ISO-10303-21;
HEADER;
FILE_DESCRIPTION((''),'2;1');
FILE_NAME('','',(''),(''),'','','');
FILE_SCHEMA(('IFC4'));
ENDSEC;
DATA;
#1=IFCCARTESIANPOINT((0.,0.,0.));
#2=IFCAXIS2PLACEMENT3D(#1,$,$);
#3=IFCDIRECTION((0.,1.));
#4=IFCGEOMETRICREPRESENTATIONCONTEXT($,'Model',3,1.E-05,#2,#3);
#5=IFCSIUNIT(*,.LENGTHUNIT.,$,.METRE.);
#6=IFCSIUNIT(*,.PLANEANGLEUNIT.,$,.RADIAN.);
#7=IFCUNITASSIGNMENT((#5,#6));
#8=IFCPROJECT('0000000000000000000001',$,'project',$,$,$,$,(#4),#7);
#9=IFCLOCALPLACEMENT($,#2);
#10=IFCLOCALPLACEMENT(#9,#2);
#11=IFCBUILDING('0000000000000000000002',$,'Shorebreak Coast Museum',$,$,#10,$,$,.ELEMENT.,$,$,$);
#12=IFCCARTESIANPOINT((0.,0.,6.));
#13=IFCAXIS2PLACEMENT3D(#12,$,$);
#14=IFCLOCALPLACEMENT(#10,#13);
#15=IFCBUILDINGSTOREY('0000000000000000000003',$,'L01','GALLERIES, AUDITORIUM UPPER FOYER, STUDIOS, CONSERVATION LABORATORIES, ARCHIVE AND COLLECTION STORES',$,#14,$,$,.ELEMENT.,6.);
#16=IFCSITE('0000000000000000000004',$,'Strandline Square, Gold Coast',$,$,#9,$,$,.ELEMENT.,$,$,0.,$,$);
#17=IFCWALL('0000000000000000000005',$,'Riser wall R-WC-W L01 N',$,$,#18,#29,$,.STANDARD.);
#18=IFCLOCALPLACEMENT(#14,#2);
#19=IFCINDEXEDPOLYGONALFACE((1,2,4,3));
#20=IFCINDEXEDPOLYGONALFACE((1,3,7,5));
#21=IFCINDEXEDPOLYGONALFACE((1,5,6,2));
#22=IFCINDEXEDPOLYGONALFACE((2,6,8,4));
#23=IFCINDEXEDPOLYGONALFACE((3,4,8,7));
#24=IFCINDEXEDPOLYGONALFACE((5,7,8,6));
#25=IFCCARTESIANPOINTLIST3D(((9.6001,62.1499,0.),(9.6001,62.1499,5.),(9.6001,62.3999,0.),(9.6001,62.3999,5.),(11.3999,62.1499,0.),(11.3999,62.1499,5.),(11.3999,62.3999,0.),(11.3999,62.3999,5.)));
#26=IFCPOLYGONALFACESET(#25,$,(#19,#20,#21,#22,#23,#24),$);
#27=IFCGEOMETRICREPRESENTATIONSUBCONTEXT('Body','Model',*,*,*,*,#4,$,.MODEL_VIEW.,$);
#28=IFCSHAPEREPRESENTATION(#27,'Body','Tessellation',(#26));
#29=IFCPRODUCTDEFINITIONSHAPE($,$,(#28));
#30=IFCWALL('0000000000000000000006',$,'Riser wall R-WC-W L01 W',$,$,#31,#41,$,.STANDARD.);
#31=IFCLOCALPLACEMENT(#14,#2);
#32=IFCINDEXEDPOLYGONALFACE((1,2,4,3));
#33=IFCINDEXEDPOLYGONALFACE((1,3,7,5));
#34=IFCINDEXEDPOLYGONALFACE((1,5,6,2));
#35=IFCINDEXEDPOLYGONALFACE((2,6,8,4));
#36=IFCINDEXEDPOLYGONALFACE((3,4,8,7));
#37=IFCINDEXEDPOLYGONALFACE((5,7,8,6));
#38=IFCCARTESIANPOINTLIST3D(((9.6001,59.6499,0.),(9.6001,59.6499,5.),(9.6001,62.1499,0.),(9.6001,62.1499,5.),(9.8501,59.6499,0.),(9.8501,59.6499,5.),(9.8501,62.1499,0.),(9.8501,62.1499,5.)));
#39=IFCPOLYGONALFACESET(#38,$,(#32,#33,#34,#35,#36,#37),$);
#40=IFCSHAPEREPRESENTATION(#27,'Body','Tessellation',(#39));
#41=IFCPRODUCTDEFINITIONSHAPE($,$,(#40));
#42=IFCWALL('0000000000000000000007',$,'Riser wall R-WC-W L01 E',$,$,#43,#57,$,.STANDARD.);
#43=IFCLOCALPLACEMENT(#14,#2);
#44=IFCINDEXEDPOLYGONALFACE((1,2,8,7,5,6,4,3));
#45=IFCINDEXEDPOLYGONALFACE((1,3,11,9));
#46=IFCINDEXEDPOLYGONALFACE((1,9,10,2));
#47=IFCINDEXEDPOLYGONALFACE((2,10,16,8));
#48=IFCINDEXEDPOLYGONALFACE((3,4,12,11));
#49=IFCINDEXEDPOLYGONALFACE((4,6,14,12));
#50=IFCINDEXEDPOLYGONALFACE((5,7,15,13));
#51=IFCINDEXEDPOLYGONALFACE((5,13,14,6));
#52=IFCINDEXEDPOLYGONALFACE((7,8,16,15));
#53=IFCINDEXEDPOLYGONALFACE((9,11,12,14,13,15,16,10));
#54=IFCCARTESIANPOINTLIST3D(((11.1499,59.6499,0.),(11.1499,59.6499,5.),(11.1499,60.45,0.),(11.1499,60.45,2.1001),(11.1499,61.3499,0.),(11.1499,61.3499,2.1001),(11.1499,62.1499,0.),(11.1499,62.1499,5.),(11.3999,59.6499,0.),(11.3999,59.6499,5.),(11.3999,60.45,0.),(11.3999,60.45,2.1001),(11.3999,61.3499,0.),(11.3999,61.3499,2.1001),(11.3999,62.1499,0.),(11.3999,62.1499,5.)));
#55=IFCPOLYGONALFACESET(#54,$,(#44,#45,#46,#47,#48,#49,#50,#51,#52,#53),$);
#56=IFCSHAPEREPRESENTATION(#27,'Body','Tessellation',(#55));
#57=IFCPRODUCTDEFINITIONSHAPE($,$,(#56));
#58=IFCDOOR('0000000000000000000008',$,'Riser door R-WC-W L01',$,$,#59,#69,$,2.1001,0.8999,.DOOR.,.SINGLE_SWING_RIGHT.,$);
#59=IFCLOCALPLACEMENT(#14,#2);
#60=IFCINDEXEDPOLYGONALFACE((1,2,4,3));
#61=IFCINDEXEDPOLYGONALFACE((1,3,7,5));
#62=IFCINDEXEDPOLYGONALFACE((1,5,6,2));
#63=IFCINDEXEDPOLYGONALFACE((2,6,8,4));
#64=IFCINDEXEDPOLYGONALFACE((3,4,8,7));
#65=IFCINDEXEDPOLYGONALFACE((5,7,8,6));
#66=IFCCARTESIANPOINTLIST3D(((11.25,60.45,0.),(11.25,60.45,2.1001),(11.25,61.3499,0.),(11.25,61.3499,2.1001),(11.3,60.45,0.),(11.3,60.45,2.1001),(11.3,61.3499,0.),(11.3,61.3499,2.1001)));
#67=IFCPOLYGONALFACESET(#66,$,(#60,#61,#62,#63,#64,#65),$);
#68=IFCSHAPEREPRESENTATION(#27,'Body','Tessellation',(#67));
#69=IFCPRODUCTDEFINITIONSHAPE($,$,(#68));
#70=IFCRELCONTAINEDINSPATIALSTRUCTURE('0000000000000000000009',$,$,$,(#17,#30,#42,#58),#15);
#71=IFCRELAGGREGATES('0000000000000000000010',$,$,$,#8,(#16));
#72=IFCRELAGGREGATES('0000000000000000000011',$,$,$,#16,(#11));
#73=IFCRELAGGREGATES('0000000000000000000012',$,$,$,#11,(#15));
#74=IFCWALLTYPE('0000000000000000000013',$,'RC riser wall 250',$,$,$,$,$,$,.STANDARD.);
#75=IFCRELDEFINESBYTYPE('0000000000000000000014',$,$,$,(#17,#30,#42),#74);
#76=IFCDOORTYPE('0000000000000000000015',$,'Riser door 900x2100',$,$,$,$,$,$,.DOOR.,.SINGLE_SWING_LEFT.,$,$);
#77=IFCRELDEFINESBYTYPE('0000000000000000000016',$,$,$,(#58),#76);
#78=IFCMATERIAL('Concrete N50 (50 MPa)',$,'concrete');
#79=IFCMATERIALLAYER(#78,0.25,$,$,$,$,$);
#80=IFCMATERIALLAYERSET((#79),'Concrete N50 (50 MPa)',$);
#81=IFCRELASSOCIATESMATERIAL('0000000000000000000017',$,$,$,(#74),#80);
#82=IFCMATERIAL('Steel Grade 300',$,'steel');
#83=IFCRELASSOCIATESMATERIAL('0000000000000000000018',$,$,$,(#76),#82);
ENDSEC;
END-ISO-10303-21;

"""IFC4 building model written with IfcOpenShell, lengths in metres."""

from ifc_helpers import new_model, si_unit, direction, frame, frame_2d, origin, place, context, subcontext, project, spatial, rectangle, extrude, material, layer, layer_set, type_object, element, fill, save


model = new_model("IFC4")

# Units and contexts
model_context = context("Model", 3, precision=1e-05, world=origin(), true_north=direction((0.0, 1.0)))
body_context = subcontext(model_context, "Body", "Model", "MODEL_VIEW")
ifc_project = project(units=[si_unit("LENGTHUNIT", "METRE"), si_unit("PLANEANGLEUNIT", "RADIAN")], contexts=[model_context])

# Site, building, storey
site_placement = place(None, origin())
site = spatial("IfcSite", under=ifc_project, at=site_placement, Name="Strandline Square, Gold Coast", CompositionType="ELEMENT", RefElevation=0.0)
building_placement = place(site_placement, origin())
building = spatial("IfcBuilding", under=site, at=building_placement, Name="Shorebreak Coast Museum", CompositionType="ELEMENT")
storey_placement = place(building_placement, frame((0.0, 0.0, 6.0)))
storey = spatial("IfcBuildingStorey", under=building, at=storey_placement, Name="L01", Description="GALLERIES, AUDITORIUM UPPER FOYER, STUDIOS, CONSERVATION LABORATORIES, ARCHIVE AND COLLECTION STORES", CompositionType="ELEMENT", Elevation=6.0)

# Walls
ifc_material_1 = material(Name="Concrete N50 (50 MPa)", Category="concrete")
ifc_layer_1 = layer(ifc_material_1, 0.25)
ifc_layer_set_1 = layer_set([ifc_layer_1], Name="Concrete N50 (50 MPa)")
wall_type_1 = type_object("IfcWallType", Name="RC riser wall 250", PredefinedType="STANDARD", material=ifc_layer_set_1)
wall_1_placement = place(storey_placement, frame((9.6001, 62.2749, 0.0), z_axis=(0.0, 0.0, 1.0), x_axis=(1.0, 0.0, 0.0)))
element("IfcWall", 1, at=wall_1_placement, inside=storey, type_object=wall_type_1, Name="Riser wall R-WC-W L01 N", PredefinedType="STANDARD", context=body_context, shape_type="SweptSolid", body=[
    extrude(rectangle(XDim=1.7998, YDim=0.25, at=frame_2d((0.8999, 0.0))), origin(), (0.0, 0.0, 1.0), 5.0),
])
wall_2_placement = place(storey_placement, frame((9.7251, 59.6499, 0.0), z_axis=(0.0, 0.0, 1.0), x_axis=(0.0, 1.0, 0.0)))
element("IfcWall", 2, at=wall_2_placement, inside=storey, type_object=wall_type_1, Name="Riser wall R-WC-W L01 W", PredefinedType="STANDARD", context=body_context, shape_type="SweptSolid", body=[
    extrude(rectangle(XDim=2.5, YDim=0.25, at=frame_2d((1.25, 0.0))), origin(), (0.0, 0.0, 1.0), 5.0),
])

# Wall, opening, door
wall_3_placement = place(storey_placement, frame((11.2749, 59.6499, 0.0), z_axis=(0.0, 0.0, 1.0), x_axis=(0.0, 1.0, 0.0)))
wall_3 = element("IfcWall", 3, at=wall_3_placement, inside=storey, type_object=wall_type_1, Name="Riser wall R-WC-W L01 E", PredefinedType="STANDARD", context=body_context, shape_type="SweptSolid", body=[
    extrude(rectangle(XDim=2.5, YDim=0.25, at=frame_2d((1.25, 0.0))), origin(), (0.0, 0.0, 1.0), 5.0),
])
opening_1_placement = place(wall_3_placement, frame((0.8, 0.0, 0.0)))
opening_1 = element("IfcOpeningElement", 4, at=opening_1_placement, cuts=wall_3, PredefinedType="OPENING", context=body_context, shape_type="SweptSolid", body=[
    extrude(rectangle(XDim=0.8999, YDim=2.1001, at=frame_2d((0.45, 1.05))), frame((0.0, 0.135, 0.0), z_axis=(0.0, -1.0, 0.0), x_axis=(1.0, 0.0, 0.0)), (0.0, 0.0, 1.0), 0.27),
])
ifc_material_2 = material(Name="Steel Grade 300", Category="steel")
door_type_1 = type_object("IfcDoorType", Name="Riser door 900x2100", OperationType="SINGLE_SWING_LEFT", PredefinedType="DOOR", material=ifc_material_2)
door_1_placement = place(opening_1_placement, origin())
door_1 = element("IfcDoor", 5, at=door_1_placement, inside=storey, type_object=door_type_1, Name="Riser door R-WC-W L01", OperationType="SINGLE_SWING_RIGHT", OverallHeight=2.1001, OverallWidth=0.8999, PredefinedType="DOOR", context=body_context, shape_type="SweptSolid", body=[
    extrude(rectangle(XDim=0.8999, YDim=2.1001, at=frame_2d((0.45, 1.05))), frame((0.0, 0.0249, 0.0), z_axis=(0.0, -1.0, 0.0), x_axis=(1.0, 0.0, 0.0)), (0.0, 0.0, 1.0), 0.05),
])
fill(opening_1, door_1)

save(model, "model.ifc")
